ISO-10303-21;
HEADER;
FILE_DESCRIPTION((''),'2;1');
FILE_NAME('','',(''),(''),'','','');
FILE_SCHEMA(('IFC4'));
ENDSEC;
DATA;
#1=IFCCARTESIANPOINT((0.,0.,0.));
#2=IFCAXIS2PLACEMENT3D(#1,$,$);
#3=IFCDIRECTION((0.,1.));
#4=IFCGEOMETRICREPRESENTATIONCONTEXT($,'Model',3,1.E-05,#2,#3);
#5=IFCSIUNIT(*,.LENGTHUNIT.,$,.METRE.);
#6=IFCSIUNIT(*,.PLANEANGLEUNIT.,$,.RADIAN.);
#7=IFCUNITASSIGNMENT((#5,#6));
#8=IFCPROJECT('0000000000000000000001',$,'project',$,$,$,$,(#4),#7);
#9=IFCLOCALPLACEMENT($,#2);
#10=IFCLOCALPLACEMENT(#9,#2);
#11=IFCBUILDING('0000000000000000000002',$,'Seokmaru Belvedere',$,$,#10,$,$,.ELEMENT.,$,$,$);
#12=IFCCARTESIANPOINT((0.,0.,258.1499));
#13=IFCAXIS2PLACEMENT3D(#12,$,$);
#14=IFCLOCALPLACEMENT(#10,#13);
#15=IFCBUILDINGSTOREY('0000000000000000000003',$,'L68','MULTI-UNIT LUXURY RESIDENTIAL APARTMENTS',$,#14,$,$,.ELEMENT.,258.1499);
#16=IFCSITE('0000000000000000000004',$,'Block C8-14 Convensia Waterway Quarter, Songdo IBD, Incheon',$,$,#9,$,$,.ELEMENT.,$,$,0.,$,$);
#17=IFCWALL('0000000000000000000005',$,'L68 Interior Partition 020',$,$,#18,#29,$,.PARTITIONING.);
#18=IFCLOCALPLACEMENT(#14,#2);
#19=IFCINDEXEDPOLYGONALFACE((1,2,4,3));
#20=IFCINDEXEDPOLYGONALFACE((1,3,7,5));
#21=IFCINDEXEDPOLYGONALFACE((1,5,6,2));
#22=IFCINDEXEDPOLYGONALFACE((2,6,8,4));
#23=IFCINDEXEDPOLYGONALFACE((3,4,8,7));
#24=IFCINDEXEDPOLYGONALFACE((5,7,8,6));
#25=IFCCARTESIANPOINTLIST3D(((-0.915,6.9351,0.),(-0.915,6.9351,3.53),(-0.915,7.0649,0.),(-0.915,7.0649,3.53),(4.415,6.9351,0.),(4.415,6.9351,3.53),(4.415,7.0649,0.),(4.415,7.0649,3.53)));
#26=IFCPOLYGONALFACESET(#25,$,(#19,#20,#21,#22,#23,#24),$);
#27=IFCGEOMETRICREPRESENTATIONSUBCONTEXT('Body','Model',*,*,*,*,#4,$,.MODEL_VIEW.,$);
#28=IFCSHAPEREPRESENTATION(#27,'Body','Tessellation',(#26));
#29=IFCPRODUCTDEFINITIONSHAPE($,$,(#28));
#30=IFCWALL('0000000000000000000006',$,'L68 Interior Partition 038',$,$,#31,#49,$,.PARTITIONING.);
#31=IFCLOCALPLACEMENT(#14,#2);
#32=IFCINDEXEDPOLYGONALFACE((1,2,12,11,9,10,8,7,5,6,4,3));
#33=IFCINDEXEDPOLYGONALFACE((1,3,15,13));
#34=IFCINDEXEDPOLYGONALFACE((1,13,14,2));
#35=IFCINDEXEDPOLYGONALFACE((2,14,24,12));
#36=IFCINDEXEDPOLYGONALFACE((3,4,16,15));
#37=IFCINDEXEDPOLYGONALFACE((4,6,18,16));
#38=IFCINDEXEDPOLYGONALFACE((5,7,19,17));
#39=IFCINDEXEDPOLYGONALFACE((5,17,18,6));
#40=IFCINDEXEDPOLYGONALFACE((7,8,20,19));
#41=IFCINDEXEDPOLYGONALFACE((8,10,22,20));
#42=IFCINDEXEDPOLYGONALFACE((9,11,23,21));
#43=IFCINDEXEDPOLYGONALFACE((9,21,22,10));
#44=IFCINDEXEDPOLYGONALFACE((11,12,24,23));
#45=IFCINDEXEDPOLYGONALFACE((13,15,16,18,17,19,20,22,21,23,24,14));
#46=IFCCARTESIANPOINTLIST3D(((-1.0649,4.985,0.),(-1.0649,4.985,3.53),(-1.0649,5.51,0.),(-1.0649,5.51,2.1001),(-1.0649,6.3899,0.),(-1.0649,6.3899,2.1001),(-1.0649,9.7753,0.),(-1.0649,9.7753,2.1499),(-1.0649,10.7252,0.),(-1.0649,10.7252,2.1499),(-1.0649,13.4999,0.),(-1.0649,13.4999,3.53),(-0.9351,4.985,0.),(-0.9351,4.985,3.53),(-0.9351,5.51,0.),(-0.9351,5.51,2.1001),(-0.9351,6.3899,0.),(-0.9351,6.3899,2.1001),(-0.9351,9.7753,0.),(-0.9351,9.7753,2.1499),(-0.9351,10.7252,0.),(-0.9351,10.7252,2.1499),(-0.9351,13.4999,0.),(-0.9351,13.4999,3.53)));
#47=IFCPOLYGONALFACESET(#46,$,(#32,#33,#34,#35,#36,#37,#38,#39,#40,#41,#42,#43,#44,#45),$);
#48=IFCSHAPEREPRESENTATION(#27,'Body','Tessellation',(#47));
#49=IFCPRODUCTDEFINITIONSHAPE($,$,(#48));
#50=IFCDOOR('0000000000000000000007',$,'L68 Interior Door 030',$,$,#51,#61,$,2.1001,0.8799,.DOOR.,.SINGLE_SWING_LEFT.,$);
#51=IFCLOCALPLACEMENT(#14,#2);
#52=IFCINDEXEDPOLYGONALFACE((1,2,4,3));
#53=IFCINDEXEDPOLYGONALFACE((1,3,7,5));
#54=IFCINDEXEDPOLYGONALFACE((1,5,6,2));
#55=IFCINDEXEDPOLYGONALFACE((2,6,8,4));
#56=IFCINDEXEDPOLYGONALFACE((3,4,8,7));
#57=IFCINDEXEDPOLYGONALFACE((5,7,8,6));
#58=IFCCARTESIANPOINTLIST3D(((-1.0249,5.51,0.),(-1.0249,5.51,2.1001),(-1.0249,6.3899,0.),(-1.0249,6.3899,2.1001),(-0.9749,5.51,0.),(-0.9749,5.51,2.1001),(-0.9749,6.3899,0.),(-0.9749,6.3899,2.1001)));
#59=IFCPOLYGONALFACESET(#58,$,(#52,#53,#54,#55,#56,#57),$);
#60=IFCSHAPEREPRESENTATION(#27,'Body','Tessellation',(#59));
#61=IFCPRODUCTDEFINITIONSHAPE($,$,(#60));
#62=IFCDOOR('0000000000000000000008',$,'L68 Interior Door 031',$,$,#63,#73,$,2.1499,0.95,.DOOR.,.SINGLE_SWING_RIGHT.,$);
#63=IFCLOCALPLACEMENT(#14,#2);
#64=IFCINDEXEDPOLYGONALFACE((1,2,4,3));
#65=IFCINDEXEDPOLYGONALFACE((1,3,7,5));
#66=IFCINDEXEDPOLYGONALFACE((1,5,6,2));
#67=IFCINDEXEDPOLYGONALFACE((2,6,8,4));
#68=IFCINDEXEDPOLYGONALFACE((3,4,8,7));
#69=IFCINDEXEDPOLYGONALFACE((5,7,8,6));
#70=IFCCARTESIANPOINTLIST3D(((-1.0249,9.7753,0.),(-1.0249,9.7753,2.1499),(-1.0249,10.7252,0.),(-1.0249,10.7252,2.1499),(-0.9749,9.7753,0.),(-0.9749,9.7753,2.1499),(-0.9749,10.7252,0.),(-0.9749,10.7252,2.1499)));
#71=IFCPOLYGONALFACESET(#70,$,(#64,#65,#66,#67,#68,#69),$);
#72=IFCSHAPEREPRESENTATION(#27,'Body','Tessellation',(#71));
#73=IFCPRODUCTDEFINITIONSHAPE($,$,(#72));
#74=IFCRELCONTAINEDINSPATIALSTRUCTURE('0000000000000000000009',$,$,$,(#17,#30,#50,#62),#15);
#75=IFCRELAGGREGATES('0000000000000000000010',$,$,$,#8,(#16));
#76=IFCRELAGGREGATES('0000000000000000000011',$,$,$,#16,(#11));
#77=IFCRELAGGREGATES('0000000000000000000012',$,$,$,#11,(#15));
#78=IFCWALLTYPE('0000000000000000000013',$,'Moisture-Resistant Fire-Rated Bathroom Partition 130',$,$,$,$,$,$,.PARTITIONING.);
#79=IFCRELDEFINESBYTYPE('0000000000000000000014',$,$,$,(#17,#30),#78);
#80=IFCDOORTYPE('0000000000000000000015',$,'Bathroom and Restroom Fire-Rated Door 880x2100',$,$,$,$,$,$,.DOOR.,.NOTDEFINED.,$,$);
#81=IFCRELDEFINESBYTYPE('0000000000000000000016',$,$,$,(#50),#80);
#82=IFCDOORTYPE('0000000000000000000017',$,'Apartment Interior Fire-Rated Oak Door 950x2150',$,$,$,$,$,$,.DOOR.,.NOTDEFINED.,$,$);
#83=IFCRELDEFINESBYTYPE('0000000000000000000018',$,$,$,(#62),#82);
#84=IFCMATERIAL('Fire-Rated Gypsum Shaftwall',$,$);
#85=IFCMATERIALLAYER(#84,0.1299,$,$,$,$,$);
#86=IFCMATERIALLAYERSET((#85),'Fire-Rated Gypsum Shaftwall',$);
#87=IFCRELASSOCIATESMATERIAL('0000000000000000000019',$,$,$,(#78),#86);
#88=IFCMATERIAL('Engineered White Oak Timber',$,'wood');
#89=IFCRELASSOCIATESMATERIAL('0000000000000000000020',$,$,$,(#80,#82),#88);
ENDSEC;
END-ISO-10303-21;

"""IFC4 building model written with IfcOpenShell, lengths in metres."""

from ifc_helpers import new_model, si_unit, direction, frame, frame_2d, origin, place, context, subcontext, project, spatial, rectangle, extrude, source, transform, mapped, material, layer, layer_set, type_object, type_shapes, element, fill, save


model = new_model("IFC4")

# Units and contexts
model_context = context("Model", 3, precision=1e-05, world=origin(), true_north=direction((0.0, 1.0)))
body_context = subcontext(model_context, "Body", "Model", "MODEL_VIEW")
ifc_project = project(units=[si_unit("LENGTHUNIT", "METRE"), si_unit("PLANEANGLEUNIT", "RADIAN")], contexts=[model_context])

# Site, building, storey
site_placement = place(None, origin())
site = spatial("IfcSite", under=ifc_project, at=site_placement, Name="Block C8-14 Convensia Waterway Quarter, Songdo IBD, Incheon", CompositionType="ELEMENT", RefElevation=0.0)
building_placement = place(site_placement, origin())
building = spatial("IfcBuilding", under=site, at=building_placement, Name="Seokmaru Belvedere", CompositionType="ELEMENT")
storey_placement = place(building_placement, frame((0.0, 0.0, 258.1499)))
storey = spatial("IfcBuildingStorey", under=building, at=storey_placement, Name="L68", Description="MULTI-UNIT LUXURY RESIDENTIAL APARTMENTS", CompositionType="ELEMENT", Elevation=258.1499)

# Wall
ifc_material_1 = material(Name="Fire-Rated Gypsum Shaftwall")
ifc_layer_1 = layer(ifc_material_1, 0.1299)
ifc_layer_set_1 = layer_set([ifc_layer_1], Name="Fire-Rated Gypsum Shaftwall")
wall_type_1 = type_object("IfcWallType", Name="Moisture-Resistant Fire-Rated Bathroom Partition 130", PredefinedType="PARTITIONING", material=ifc_layer_set_1)
wall_1_placement = place(storey_placement, frame((-0.915, 7.0, 0.0), z_axis=(0.0, 0.0, 1.0), x_axis=(1.0, 0.0, 0.0)))
element("IfcWall", 1, at=wall_1_placement, inside=storey, type_object=wall_type_1, Name="L68 Interior Partition 020", PredefinedType="PARTITIONING", context=body_context, shape_type="SweptSolid", body=[
    extrude(rectangle(XDim=5.3301, YDim=0.1299, at=frame_2d((2.665, 0.0))), origin(), (0.0, 0.0, 1.0), 3.53),
])

# Wall, openings, doors
wall_2_placement = place(storey_placement, frame((-1.0, 4.9851, 0.0), z_axis=(0.0, 0.0, 1.0), x_axis=(0.0, 1.0, 0.0)))
wall_2 = element("IfcWall", 2, at=wall_2_placement, inside=storey, type_object=wall_type_1, Name="L68 Interior Partition 038", PredefinedType="PARTITIONING", context=body_context, shape_type="SweptSolid", body=[
    extrude(rectangle(XDim=8.5149, YDim=0.1299, at=frame_2d((4.2573, 0.0))), origin(), (0.0, 0.0, 1.0), 3.53),
])
opening_1_placement = place(wall_2_placement, frame((0.5249, 0.0, 0.0)))
opening_1 = element("IfcOpeningElement", 3, at=opening_1_placement, cuts=wall_2, PredefinedType="OPENING", context=body_context, shape_type="SweptSolid", body=[
    extrude(rectangle(XDim=0.8799, YDim=2.1001, at=frame_2d((0.4399, 1.05))), frame((0.0, 0.075, 0.0), z_axis=(0.0, -1.0, 0.0), x_axis=(1.0, 0.0, 0.0)), (0.0, 0.0, 1.0), 0.1499),
])
opening_2_placement = place(wall_2_placement, frame((4.79, 0.0, 0.0)))
opening_2 = element("IfcOpeningElement", 4, at=opening_2_placement, cuts=wall_2, PredefinedType="OPENING", context=body_context, shape_type="SweptSolid", body=[
    extrude(rectangle(XDim=0.95, YDim=2.1499, at=frame_2d((0.4751, 1.075))), frame((0.0, 0.075, 0.0), z_axis=(0.0, -1.0, 0.0), x_axis=(1.0, 0.0, 0.0)), (0.0, 0.0, 1.0), 0.1499),
])
ifc_material_2 = material(Name="Engineered White Oak Timber", Category="wood")
door_type_1 = type_object("IfcDoorType", Name="Bathroom and Restroom Fire-Rated Door 880x2100", OperationType="NOTDEFINED", PredefinedType="DOOR", material=ifc_material_2)
shared_shape_1 = source(origin(), body_context, "Body", "SweptSolid", [
    extrude(rectangle(XDim=0.8799, YDim=2.1001, at=frame_2d((0.4399, 1.05))), frame((0.0, 0.0249, 0.0), z_axis=(0.0, -1.0, 0.0), x_axis=(1.0, 0.0, 0.0)), (0.0, 0.0, 1.0), 0.05),
])
type_shapes(door_type_1, [shared_shape_1])
door_1_placement = place(opening_1_placement, origin())
door_1 = element("IfcDoor", 5, at=door_1_placement, inside=storey, type_object=door_type_1, Name="L68 Interior Door 030", OperationType="SINGLE_SWING_LEFT", OverallHeight=2.1001, OverallWidth=0.8799, PredefinedType="DOOR", context=body_context, shape_type="MappedRepresentation", body=[
    mapped(shared_shape_1, transform((0.0, 0.0, 0.0), scale=1.0)),
])
fill(opening_1, door_1)
door_type_2 = type_object("IfcDoorType", Name="Apartment Interior Fire-Rated Oak Door 950x2150", OperationType="NOTDEFINED", PredefinedType="DOOR", material=ifc_material_2)
shared_shape_2 = source(origin(), body_context, "Body", "SweptSolid", [
    extrude(rectangle(XDim=0.95, YDim=2.1499, at=frame_2d((0.4751, 1.075))), frame((0.0, 0.0249, 0.0), z_axis=(0.0, -1.0, 0.0), x_axis=(1.0, 0.0, 0.0)), (0.0, 0.0, 1.0), 0.05),
])
type_shapes(door_type_2, [shared_shape_2])
door_2_placement = place(opening_2_placement, origin())
door_2 = element("IfcDoor", 6, at=door_2_placement, inside=storey, type_object=door_type_2, Name="L68 Interior Door 031", OperationType="SINGLE_SWING_RIGHT", OverallHeight=2.1499, OverallWidth=0.95, PredefinedType="DOOR", context=body_context, shape_type="MappedRepresentation", body=[
    mapped(shared_shape_2, transform((0.0, 0.0, 0.0), scale=1.0)),
])
fill(opening_2, door_2)

save(model, "model.ifc")
